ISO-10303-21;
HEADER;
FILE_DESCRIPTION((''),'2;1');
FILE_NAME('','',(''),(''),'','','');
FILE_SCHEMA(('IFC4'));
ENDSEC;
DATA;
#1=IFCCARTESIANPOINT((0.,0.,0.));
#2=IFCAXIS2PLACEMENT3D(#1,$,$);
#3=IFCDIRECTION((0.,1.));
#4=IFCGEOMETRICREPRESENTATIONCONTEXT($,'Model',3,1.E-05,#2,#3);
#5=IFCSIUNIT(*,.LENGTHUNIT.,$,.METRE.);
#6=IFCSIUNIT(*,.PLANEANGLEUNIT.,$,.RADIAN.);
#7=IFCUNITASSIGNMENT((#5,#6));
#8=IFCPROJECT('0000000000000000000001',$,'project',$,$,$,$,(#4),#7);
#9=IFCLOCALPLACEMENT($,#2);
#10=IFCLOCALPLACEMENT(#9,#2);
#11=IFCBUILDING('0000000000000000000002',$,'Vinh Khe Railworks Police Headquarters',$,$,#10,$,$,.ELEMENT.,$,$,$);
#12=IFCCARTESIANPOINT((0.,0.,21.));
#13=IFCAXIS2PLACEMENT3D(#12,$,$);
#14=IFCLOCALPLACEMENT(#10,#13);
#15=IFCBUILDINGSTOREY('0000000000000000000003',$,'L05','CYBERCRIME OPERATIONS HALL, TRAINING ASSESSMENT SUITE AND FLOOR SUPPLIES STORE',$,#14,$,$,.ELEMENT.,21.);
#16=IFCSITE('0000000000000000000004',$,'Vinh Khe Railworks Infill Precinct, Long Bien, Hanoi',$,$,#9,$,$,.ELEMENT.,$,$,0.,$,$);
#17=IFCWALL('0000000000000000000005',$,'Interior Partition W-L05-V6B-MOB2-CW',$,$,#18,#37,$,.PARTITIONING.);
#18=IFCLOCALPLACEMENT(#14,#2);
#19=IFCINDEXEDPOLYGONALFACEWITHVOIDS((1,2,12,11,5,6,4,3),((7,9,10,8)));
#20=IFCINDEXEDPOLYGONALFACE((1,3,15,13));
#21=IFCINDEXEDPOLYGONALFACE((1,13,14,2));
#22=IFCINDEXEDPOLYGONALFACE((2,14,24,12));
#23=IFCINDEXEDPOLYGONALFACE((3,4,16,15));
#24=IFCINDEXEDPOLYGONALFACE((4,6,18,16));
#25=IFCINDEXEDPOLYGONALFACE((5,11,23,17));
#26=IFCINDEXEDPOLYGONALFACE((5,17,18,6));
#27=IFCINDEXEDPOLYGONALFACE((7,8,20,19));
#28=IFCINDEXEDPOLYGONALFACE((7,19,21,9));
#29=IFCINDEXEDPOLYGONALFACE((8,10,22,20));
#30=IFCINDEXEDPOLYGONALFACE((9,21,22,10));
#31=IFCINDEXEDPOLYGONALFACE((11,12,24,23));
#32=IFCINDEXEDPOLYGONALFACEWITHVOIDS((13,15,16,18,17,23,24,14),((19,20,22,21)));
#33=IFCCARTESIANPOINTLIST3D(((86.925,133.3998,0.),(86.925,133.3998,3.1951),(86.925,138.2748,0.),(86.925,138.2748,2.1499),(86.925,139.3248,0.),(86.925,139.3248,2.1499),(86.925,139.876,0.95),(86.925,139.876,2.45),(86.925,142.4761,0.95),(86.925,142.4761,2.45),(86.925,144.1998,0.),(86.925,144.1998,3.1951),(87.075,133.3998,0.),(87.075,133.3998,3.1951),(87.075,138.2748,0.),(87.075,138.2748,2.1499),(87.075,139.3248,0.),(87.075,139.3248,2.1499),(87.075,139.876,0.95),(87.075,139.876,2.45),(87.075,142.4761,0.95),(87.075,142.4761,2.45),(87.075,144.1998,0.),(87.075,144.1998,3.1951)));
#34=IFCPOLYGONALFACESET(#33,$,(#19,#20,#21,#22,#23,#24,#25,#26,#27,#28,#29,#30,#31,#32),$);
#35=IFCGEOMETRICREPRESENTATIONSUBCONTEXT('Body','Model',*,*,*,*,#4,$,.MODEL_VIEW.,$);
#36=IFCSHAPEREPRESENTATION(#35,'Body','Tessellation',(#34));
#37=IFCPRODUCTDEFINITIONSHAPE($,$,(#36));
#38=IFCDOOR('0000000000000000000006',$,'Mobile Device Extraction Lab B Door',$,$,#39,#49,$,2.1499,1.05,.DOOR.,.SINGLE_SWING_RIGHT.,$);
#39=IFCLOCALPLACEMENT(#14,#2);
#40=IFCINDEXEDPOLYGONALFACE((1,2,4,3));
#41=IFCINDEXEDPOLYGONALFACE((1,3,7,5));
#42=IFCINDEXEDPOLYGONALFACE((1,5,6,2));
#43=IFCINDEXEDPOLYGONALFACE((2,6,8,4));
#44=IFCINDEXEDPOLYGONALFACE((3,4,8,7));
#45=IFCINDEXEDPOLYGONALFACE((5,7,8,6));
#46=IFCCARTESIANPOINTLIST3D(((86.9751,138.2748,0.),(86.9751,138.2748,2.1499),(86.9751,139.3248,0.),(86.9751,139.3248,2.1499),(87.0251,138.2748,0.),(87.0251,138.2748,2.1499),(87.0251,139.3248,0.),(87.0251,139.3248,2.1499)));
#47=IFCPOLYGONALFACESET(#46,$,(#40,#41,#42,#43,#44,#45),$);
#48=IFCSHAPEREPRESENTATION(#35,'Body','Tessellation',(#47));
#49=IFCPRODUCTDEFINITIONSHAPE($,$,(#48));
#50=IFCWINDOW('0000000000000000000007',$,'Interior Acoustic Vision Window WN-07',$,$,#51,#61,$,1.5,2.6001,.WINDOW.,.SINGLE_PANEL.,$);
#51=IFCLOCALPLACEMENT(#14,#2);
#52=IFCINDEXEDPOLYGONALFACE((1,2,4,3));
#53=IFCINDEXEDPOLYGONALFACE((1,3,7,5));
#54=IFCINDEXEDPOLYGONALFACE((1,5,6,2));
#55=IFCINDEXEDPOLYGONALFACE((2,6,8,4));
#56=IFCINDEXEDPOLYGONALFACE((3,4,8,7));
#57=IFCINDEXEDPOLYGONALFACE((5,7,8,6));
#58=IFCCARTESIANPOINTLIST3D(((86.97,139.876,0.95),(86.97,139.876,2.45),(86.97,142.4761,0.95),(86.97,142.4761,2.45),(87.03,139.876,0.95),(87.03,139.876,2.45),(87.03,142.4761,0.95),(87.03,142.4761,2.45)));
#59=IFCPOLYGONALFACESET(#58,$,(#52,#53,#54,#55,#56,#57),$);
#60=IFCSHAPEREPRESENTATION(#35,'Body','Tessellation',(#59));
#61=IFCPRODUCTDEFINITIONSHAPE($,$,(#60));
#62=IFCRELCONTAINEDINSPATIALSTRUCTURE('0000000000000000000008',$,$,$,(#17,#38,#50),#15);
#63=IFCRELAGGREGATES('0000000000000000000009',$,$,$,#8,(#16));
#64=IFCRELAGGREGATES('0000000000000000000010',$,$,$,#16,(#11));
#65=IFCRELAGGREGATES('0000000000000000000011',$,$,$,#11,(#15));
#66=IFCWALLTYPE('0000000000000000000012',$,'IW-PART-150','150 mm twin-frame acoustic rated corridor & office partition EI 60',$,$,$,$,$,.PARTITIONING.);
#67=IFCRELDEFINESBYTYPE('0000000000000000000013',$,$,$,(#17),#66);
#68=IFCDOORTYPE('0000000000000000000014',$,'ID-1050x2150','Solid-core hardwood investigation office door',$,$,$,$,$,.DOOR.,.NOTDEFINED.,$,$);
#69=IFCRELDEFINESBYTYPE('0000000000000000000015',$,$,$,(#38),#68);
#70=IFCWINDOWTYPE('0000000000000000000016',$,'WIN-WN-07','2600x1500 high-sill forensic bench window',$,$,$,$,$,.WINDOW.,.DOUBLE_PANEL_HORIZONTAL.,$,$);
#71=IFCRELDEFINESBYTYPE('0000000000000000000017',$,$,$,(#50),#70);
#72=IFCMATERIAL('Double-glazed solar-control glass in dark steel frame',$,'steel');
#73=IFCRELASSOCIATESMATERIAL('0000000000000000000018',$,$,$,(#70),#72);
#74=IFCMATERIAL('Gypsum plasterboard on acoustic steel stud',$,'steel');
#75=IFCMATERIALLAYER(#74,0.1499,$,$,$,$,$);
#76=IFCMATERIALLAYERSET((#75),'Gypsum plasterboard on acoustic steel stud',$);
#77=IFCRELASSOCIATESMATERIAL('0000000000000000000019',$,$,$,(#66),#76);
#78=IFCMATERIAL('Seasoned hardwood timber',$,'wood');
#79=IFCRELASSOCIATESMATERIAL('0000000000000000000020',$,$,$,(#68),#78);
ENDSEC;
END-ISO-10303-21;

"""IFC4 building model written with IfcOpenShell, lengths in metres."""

from ifc_helpers import new_model, si_unit, direction, frame, frame_2d, origin, place, context, subcontext, project, spatial, rectangle, extrude, material, layer, layer_set, type_object, element, fill, save


model = new_model("IFC4")

# Units and contexts
model_context = context("Model", 3, precision=1e-05, world=origin(), true_north=direction((0.0, 1.0)))
body_context = subcontext(model_context, "Body", "Model", "MODEL_VIEW")
ifc_project = project(units=[si_unit("LENGTHUNIT", "METRE"), si_unit("PLANEANGLEUNIT", "RADIAN")], contexts=[model_context])

# Site, building, storey
site_placement = place(None, origin())
site = spatial("IfcSite", under=ifc_project, at=site_placement, Name="Vinh Khe Railworks Infill Precinct, Long Bien, Hanoi", CompositionType="ELEMENT", RefElevation=0.0)
building_placement = place(site_placement, origin())
building = spatial("IfcBuilding", under=site, at=building_placement, Name="Vinh Khe Railworks Police Headquarters", CompositionType="ELEMENT")
storey_placement = place(building_placement, frame((0.0, 0.0, 21.0)))
storey = spatial("IfcBuildingStorey", under=building, at=storey_placement, Name="L05", Description="CYBERCRIME OPERATIONS HALL, TRAINING ASSESSMENT SUITE AND FLOOR SUPPLIES STORE", CompositionType="ELEMENT", Elevation=21.0)

# Shared definitions
ifc_material_1 = material(Name="Double-glazed solar-control glass in dark steel frame", Category="steel")

# Shared definitions
window_type_1 = type_object("IfcWindowType", Name="WIN-WN-07", Description="2600x1500 high-sill forensic bench window", PartitioningType="DOUBLE_PANEL_HORIZONTAL", PredefinedType="WINDOW", material=ifc_material_1)

# Shared definitions
ifc_material_2 = material(Name="Gypsum plasterboard on acoustic steel stud", Category="steel")
ifc_layer_1 = layer(ifc_material_2, 0.1499)
ifc_layer_set_1 = layer_set([ifc_layer_1], Name="Gypsum plasterboard on acoustic steel stud")
wall_type_1 = type_object("IfcWallType", Name="IW-PART-150", Description="150 mm twin-frame acoustic rated corridor & office partition EI 60", PredefinedType="PARTITIONING", material=ifc_layer_set_1)
ifc_material_3 = material(Name="Seasoned hardwood timber", Category="wood")
door_type = type_object("IfcDoorType", Name="ID-1050x2150", Description="Solid-core hardwood investigation office door", OperationType="NOTDEFINED", PredefinedType="DOOR", material=ifc_material_3)

# Wall, openings, door, window
wall_1_placement = place(storey_placement, frame((87.0, 133.3999, 0.0), z_axis=(0.0, 0.0, 1.0), x_axis=(0.0, 1.0, 0.0)))
wall_1 = element("IfcWall", 1, at=wall_1_placement, inside=storey, type_object=wall_type_1, Name="Interior Partition W-L05-V6B-MOB2-CW", PredefinedType="PARTITIONING", context=body_context, shape_type="SweptSolid", body=[
    extrude(rectangle(XDim=10.8, YDim=0.1499, at=frame_2d((5.3999, 0.0))), origin(), (0.0, 0.0, 1.0), 3.1951),
])
opening_1_placement = place(wall_1_placement, frame((4.875, 0.0, 0.0)))
opening_1 = element("IfcOpeningElement", 2, at=opening_1_placement, cuts=wall_1, PredefinedType="OPENING", context=body_context, shape_type="SweptSolid", body=[
    extrude(rectangle(XDim=1.05, YDim=2.1499, at=frame_2d((0.5249, 1.075))), frame((0.0, 0.0898, 0.0), z_axis=(0.0, -1.0, 0.0), x_axis=(1.0, 0.0, 0.0)), (0.0, 0.0, 1.0), 0.1797),
])
opening_2_placement = place(wall_1_placement, frame((6.4761, 0.0, 0.95)))
opening_2 = element("IfcOpeningElement", 3, at=opening_2_placement, cuts=wall_1, PredefinedType="OPENING", context=body_context, shape_type="SweptSolid", body=[
    extrude(rectangle(XDim=2.6001, YDim=1.5, at=frame_2d((1.3, 0.75))), frame((0.0, 0.0898, 0.0), z_axis=(0.0, -1.0, 0.0), x_axis=(1.0, 0.0, 0.0)), (0.0, 0.0, 1.0), 0.1797),
])
door_1_placement = place(opening_1_placement, origin())
door_1 = element("IfcDoor", 4, at=door_1_placement, inside=storey, type_object=door_type, Name="Mobile Device Extraction Lab B Door", OperationType="SINGLE_SWING_RIGHT", OverallHeight=2.1499, OverallWidth=1.05, PredefinedType="DOOR", context=body_context, shape_type="SweptSolid", body=[
    extrude(rectangle(XDim=1.05, YDim=2.1499, at=frame_2d((0.5249, 1.075))), frame((0.0, 0.0249, 0.0), z_axis=(0.0, -1.0, 0.0), x_axis=(1.0, 0.0, 0.0)), (0.0, 0.0, 1.0), 0.05),
])
fill(opening_1, door_1)
window_1_placement = place(opening_2_placement, origin())
window_1 = element("IfcWindow", 5, at=window_1_placement, inside=storey, type_object=window_type_1, Name="Interior Acoustic Vision Window WN-07", OverallHeight=1.5, OverallWidth=2.6001, PartitioningType="SINGLE_PANEL", PredefinedType="WINDOW", context=body_context, shape_type="SweptSolid", body=[
    extrude(rectangle(XDim=2.6001, YDim=1.5, at=frame_2d((1.3, 0.75))), frame((0.0, 0.03, 0.0), z_axis=(0.0, -1.0, 0.0), x_axis=(1.0, 0.0, 0.0)), (0.0, 0.0, 1.0), 0.0601),
])
fill(opening_2, window_1)

save(model, "model.ifc")
